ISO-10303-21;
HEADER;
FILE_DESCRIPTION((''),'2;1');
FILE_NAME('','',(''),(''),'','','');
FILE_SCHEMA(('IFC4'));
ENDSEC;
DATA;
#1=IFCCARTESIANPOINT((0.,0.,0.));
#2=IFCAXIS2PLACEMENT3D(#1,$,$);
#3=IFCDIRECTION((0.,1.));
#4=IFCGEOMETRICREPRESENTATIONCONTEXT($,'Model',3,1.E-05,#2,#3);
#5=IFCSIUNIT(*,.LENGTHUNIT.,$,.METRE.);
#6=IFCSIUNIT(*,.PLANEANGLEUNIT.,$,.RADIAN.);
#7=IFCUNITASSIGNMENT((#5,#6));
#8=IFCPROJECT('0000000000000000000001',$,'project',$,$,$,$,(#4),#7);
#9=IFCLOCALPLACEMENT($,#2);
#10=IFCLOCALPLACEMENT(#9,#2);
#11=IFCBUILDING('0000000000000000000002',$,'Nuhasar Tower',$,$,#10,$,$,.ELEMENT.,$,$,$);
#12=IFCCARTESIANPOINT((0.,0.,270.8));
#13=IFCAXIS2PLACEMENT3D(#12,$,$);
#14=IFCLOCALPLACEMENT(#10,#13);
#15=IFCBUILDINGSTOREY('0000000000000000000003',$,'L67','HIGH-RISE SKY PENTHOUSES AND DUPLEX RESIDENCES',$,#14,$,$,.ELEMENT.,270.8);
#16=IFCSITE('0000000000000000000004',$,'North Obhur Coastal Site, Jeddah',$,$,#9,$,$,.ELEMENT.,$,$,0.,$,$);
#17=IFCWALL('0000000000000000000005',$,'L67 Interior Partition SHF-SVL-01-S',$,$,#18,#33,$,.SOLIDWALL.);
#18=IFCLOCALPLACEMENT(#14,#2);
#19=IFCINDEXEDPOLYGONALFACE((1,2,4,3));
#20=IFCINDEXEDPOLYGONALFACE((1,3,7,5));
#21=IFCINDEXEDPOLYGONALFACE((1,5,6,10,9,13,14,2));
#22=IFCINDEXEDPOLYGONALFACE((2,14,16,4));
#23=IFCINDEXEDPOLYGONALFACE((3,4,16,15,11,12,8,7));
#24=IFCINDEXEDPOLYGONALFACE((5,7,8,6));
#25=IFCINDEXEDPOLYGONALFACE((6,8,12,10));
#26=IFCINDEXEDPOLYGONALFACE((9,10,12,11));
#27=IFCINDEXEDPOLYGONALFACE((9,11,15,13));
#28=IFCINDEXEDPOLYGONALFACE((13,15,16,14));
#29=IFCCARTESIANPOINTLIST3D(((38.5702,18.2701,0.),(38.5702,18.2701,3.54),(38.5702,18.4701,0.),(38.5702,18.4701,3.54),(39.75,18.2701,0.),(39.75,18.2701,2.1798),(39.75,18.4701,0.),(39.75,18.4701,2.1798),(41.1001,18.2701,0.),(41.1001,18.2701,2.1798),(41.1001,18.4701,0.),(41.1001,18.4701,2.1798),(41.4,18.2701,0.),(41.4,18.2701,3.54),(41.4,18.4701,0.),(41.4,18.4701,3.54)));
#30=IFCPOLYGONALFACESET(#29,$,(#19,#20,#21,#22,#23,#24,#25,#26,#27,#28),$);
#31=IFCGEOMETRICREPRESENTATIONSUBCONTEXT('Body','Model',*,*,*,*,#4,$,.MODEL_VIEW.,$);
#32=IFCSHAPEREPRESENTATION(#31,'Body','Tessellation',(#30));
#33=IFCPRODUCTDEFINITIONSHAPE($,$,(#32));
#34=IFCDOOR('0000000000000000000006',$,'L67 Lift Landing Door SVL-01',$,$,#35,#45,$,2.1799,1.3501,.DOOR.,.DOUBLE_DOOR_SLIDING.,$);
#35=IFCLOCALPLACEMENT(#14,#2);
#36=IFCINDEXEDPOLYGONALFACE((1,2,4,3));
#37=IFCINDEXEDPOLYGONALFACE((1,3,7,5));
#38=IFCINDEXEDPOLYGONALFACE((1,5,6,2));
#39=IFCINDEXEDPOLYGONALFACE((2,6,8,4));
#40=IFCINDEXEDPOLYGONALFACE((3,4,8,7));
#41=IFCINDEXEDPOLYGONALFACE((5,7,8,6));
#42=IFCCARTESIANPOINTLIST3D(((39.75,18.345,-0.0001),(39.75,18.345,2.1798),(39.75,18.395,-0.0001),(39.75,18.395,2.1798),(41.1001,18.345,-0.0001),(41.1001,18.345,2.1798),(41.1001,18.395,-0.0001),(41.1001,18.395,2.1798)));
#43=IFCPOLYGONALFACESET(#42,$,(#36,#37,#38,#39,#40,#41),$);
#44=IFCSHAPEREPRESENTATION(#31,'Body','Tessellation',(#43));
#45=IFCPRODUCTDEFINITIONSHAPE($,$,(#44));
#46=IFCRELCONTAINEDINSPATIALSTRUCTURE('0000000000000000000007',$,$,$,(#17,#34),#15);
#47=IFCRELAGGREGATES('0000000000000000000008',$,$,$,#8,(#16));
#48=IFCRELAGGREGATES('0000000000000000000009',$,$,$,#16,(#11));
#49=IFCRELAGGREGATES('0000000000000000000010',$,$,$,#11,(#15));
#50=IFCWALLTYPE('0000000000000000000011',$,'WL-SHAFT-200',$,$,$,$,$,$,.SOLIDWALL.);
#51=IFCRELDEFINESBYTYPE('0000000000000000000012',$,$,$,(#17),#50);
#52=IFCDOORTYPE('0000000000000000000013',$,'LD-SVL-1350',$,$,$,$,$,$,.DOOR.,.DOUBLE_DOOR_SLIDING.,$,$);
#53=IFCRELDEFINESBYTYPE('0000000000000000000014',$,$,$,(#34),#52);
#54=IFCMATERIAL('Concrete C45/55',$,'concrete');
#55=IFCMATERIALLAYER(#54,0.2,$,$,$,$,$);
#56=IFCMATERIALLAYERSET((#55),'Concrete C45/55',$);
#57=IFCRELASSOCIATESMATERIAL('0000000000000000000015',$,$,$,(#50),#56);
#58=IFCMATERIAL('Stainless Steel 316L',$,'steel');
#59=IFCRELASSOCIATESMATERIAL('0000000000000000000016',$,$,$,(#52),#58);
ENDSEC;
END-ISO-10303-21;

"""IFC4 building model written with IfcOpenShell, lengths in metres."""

from ifc_helpers import new_model, si_unit, direction, frame, frame_2d, origin, place, context, subcontext, project, spatial, rectangle, extrude, material, layer, layer_set, type_object, element, fill, save


model = new_model("IFC4")

# Units and contexts
model_context = context("Model", 3, precision=1e-05, world=origin(), true_north=direction((0.0, 1.0)))
body_context = subcontext(model_context, "Body", "Model", "MODEL_VIEW")
ifc_project = project(units=[si_unit("LENGTHUNIT", "METRE"), si_unit("PLANEANGLEUNIT", "RADIAN")], contexts=[model_context])

# Site, building, storey
site_placement = place(None, origin())
site = spatial("IfcSite", under=ifc_project, at=site_placement, Name="North Obhur Coastal Site, Jeddah", CompositionType="ELEMENT", RefElevation=0.0)
building_placement = place(site_placement, origin())
building = spatial("IfcBuilding", under=site, at=building_placement, Name="Nuhasar Tower", CompositionType="ELEMENT")
storey_placement = place(building_placement, frame((0.0, 0.0, 270.8)))
storey = spatial("IfcBuildingStorey", under=building, at=storey_placement, Name="L67", Description="HIGH-RISE SKY PENTHOUSES AND DUPLEX RESIDENCES", CompositionType="ELEMENT", Elevation=270.8)

# Shared definitions
ifc_material_1 = material(Name="Concrete C45/55", Category="concrete")

# Shared definitions
ifc_layer_1 = layer(ifc_material_1, 0.2)
ifc_layer_set_1 = layer_set([ifc_layer_1], Name="Concrete C45/55")
wall_type_1 = type_object("IfcWallType", Name="WL-SHAFT-200", PredefinedType="SOLIDWALL", material=ifc_layer_set_1)
ifc_material_2 = material(Name="Stainless Steel 316L", Category="steel")

# Wall, opening, door
wall_1_placement = place(storey_placement, frame((38.5701, 18.3701, 0.0), z_axis=(0.0, 0.0, 1.0), x_axis=(1.0, 0.0, 0.0)))
wall_1 = element("IfcWall", 1, at=wall_1_placement, inside=storey, type_object=wall_type_1, Name="L67 Interior Partition SHF-SVL-01-S", PredefinedType="SOLIDWALL", context=body_context, shape_type="SweptSolid", body=[
    extrude(rectangle(XDim=2.8298, YDim=0.2, at=frame_2d((1.415, 0.0))), origin(), (0.0, 0.0, 1.0), 3.54),
])
opening_1_placement = place(wall_1_placement, frame((1.1799, 0.0, 0.0)))
opening_1 = element("IfcOpeningElement", 2, at=opening_1_placement, cuts=wall_1, PredefinedType="OPENING", context=body_context, shape_type="SweptSolid", body=[
    extrude(rectangle(XDim=1.3501, YDim=2.1799, at=frame_2d((0.675, 1.0898))), frame((0.0, 0.1099, 0.0), z_axis=(0.0, -1.0, 0.0), x_axis=(1.0, 0.0, 0.0)), (0.0, 0.0, 1.0), 0.22),
])
door_type_1 = type_object("IfcDoorType", Name="LD-SVL-1350", OperationType="DOUBLE_DOOR_SLIDING", PredefinedType="DOOR", material=ifc_material_2)
door_1_placement = place(opening_1_placement, origin())
door_1 = element("IfcDoor", 3, at=door_1_placement, inside=storey, type_object=door_type_1, Name="L67 Lift Landing Door SVL-01", OperationType="DOUBLE_DOOR_SLIDING", OverallHeight=2.1799, OverallWidth=1.3501, PredefinedType="DOOR", context=body_context, shape_type="SweptSolid", body=[
    extrude(rectangle(XDim=1.3501, YDim=2.1799, at=frame_2d((0.675, 1.0898))), frame((0.0, 0.0249, 0.0), z_axis=(0.0, -1.0, 0.0), x_axis=(1.0, 0.0, 0.0)), (0.0, 0.0, 1.0), 0.05),
])
fill(opening_1, door_1)

save(model, "model.ifc")
